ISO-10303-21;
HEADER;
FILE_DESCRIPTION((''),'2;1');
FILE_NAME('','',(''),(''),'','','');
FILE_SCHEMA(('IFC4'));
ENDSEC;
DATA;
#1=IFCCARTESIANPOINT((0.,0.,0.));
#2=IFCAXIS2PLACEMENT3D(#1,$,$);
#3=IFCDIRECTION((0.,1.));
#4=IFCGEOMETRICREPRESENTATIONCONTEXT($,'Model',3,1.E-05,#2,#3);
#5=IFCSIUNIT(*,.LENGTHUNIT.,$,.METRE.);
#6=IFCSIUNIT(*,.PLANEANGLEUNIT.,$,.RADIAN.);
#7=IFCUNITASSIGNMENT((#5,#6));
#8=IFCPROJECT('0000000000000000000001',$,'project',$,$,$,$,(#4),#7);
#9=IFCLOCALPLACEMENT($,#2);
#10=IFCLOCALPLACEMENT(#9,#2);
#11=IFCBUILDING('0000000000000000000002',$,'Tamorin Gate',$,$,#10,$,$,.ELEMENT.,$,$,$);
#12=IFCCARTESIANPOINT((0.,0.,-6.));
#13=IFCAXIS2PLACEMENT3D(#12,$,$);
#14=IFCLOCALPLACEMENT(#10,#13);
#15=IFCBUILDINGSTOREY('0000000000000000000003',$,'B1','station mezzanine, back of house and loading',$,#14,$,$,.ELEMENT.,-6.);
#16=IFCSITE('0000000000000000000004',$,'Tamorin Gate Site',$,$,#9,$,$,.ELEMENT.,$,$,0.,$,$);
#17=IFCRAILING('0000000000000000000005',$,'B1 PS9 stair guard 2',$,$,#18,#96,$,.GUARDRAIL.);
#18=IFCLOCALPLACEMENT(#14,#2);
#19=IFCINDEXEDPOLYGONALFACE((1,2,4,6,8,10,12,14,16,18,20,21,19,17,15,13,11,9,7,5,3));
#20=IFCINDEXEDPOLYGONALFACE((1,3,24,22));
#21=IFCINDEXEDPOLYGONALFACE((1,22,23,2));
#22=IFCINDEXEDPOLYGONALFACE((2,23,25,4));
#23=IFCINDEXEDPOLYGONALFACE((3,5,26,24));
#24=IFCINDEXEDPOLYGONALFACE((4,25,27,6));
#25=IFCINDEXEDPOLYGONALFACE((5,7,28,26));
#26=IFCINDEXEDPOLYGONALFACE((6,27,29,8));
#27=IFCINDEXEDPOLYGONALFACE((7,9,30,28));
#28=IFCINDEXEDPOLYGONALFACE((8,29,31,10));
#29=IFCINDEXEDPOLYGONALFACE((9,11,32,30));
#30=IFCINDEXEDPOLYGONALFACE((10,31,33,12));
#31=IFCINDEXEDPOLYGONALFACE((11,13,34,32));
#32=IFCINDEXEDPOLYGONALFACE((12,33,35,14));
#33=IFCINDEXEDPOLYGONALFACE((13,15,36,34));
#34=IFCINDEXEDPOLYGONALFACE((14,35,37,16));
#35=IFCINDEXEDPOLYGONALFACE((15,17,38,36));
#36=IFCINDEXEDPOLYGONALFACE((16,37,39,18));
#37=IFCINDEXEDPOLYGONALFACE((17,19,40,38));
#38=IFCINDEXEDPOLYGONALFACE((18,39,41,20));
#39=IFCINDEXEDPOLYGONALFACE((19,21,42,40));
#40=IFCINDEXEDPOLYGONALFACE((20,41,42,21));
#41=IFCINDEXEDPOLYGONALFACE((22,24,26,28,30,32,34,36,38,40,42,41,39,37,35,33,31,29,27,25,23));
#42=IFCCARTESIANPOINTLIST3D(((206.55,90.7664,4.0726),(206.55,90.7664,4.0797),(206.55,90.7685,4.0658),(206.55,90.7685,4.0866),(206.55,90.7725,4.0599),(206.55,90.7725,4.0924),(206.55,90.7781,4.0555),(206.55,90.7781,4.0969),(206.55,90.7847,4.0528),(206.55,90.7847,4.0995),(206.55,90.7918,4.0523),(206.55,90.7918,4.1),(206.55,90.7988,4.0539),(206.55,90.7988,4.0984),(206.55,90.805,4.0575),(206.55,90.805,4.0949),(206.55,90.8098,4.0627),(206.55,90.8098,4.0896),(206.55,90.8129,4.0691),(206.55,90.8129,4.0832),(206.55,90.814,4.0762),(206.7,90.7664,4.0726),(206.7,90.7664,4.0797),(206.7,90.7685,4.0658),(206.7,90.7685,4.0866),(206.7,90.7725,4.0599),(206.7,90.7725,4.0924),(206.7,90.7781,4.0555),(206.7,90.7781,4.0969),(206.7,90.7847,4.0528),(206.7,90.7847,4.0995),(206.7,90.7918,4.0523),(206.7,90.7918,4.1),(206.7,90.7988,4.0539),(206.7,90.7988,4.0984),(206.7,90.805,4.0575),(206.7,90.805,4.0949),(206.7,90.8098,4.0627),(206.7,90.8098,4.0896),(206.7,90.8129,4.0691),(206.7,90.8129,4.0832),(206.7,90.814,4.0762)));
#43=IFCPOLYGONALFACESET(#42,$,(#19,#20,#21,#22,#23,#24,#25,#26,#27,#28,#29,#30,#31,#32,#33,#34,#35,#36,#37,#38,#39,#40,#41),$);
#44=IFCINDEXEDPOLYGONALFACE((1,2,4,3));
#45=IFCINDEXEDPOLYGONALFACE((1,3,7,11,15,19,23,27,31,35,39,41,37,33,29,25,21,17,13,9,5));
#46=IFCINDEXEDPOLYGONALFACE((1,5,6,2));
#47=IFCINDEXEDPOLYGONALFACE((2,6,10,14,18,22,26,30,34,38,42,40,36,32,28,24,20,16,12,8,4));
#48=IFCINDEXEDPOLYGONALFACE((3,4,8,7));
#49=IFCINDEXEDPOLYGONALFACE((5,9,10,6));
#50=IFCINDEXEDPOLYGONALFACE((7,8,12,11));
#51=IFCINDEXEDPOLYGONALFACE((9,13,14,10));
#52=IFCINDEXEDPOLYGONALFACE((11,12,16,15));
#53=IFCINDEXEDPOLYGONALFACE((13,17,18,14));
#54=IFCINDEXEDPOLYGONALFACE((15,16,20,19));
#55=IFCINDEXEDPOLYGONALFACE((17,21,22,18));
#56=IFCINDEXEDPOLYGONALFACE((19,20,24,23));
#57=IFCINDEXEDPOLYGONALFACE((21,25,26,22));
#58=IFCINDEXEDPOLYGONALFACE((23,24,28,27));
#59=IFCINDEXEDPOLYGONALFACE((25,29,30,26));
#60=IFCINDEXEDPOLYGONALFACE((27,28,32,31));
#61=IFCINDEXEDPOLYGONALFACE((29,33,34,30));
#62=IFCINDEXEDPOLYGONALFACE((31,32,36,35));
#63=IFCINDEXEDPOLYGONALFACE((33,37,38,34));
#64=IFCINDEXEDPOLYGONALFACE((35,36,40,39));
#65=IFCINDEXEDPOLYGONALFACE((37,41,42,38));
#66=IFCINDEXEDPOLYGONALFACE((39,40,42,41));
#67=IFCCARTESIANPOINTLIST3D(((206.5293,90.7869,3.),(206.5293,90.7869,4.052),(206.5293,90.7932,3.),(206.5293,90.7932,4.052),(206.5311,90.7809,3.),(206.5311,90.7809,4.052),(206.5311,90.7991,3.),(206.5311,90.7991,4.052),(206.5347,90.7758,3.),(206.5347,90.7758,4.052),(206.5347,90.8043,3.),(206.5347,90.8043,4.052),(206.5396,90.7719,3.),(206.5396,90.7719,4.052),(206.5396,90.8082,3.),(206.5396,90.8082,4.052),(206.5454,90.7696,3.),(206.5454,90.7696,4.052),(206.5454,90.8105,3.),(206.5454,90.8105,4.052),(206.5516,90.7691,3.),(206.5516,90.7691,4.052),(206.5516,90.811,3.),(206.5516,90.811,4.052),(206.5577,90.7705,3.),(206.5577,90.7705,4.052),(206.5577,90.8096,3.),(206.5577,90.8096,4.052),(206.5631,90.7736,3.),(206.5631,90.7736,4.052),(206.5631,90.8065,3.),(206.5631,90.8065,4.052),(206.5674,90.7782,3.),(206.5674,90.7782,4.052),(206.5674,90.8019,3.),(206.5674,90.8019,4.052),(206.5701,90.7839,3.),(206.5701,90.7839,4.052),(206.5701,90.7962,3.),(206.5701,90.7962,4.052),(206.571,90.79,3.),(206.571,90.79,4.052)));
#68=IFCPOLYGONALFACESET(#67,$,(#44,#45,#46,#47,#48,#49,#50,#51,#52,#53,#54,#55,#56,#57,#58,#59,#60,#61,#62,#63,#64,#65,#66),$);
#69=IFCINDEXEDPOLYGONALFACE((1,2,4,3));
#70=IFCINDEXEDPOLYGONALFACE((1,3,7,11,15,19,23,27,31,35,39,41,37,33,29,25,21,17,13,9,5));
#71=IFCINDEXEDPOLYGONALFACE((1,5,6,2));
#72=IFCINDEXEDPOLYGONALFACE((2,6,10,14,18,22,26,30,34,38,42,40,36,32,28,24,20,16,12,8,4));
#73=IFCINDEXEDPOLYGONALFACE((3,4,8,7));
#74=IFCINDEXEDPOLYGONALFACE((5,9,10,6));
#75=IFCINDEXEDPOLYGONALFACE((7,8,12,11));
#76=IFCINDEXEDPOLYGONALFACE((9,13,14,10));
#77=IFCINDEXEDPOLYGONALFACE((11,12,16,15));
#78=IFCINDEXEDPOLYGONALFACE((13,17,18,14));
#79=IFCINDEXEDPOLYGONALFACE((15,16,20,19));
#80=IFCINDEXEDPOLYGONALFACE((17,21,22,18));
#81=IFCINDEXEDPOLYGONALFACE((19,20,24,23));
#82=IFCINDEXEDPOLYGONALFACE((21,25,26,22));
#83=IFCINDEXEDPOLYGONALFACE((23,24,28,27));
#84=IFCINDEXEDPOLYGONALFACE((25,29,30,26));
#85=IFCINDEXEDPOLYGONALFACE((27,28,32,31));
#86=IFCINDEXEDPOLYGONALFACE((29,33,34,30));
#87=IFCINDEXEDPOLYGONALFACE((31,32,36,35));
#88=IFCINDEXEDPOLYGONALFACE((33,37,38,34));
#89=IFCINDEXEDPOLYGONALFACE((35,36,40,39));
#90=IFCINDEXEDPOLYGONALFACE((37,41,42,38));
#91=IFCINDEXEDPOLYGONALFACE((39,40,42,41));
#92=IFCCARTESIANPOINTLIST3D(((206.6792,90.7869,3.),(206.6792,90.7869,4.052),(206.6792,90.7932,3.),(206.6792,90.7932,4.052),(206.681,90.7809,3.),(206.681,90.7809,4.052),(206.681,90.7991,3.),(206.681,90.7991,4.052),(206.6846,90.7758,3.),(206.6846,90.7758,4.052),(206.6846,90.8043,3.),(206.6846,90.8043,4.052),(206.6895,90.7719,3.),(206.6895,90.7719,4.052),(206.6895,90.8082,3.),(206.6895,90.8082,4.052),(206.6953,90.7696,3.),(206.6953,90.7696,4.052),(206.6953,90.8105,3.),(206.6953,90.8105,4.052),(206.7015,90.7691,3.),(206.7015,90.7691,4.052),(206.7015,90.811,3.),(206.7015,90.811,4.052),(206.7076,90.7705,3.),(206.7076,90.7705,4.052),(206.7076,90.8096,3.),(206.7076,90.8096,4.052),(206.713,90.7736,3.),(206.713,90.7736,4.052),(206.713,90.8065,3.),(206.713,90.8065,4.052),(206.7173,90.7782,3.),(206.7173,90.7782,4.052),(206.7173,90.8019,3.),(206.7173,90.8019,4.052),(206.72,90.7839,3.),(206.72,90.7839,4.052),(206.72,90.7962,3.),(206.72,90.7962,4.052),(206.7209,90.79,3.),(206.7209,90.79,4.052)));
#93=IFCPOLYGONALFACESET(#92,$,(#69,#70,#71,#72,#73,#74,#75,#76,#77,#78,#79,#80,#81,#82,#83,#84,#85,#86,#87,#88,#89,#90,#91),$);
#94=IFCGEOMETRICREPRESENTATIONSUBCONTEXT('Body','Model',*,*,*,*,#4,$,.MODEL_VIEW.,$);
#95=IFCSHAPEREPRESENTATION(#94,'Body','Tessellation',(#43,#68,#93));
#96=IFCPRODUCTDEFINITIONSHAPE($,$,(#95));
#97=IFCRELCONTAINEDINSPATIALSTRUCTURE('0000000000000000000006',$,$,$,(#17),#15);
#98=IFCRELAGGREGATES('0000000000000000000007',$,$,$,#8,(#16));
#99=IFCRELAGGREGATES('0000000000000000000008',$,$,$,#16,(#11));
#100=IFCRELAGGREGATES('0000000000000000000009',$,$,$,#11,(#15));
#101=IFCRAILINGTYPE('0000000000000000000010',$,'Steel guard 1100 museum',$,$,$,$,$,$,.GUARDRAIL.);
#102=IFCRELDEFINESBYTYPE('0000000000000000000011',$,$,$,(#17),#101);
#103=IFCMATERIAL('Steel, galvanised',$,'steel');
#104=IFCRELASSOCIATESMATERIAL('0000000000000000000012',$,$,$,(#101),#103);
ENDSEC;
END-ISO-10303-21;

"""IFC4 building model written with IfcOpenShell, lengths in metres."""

from ifc_helpers import new_model, si_unit, direction, frame, origin, origin_2d, place, context, subcontext, project, spatial, circle, extrude, material, type_object, element, save


model = new_model("IFC4")

# Units and contexts
model_context = context("Model", 3, precision=1e-05, world=origin(), true_north=direction((0.0, 1.0)))
body_context = subcontext(model_context, "Body", "Model", "MODEL_VIEW")
ifc_project = project(units=[si_unit("LENGTHUNIT", "METRE"), si_unit("PLANEANGLEUNIT", "RADIAN")], contexts=[model_context])

# Site, building, storey
site_placement = place(None, origin())
site = spatial("IfcSite", under=ifc_project, at=site_placement, Name="Tamorin Gate Site", CompositionType="ELEMENT", RefElevation=0.0)
building_placement = place(site_placement, origin())
building = spatial("IfcBuilding", under=site, at=building_placement, Name="Tamorin Gate", CompositionType="ELEMENT")
storey_placement = place(building_placement, frame((0.0, 0.0, -6.0)))
storey = spatial("IfcBuildingStorey", under=building, at=storey_placement, Name="B1", Description="station mezzanine, back of house and loading", CompositionType="ELEMENT", Elevation=-6.0)

# Railing
ifc_material_1 = material(Name="Steel, galvanised", Category="steel")
railing_type_1 = type_object("IfcRailingType", Name="Steel guard 1100 museum", PredefinedType="GUARDRAIL", material=ifc_material_1)
railing_1_placement = place(storey_placement, frame((206.55, 90.79, 3.0)))
element("IfcRailing", 1, at=railing_1_placement, inside=storey, type_object=railing_type_1, Name="B1 PS9 stair guard 2", PredefinedType="GUARDRAIL", context=body_context, shape_type="SweptSolid", body=[
    extrude(circle(Radius=0.0239, at=origin_2d()), frame((0.0, 0.0, 1.0762), z_axis=(1.0, 0.0, 0.0), x_axis=(0.0, 1.0, 0.0)), (0.0, 0.0, 1.0), 0.1499),
    extrude(circle(Radius=0.021, at=origin_2d()), origin(), (0.0, 0.0, 1.0), 1.052),
    extrude(circle(Radius=0.021, at=origin_2d()), frame((0.1499, 0.0, 0.0)), (0.0, 0.0, 1.0), 1.052),
])

save(model, "model.ifc")
